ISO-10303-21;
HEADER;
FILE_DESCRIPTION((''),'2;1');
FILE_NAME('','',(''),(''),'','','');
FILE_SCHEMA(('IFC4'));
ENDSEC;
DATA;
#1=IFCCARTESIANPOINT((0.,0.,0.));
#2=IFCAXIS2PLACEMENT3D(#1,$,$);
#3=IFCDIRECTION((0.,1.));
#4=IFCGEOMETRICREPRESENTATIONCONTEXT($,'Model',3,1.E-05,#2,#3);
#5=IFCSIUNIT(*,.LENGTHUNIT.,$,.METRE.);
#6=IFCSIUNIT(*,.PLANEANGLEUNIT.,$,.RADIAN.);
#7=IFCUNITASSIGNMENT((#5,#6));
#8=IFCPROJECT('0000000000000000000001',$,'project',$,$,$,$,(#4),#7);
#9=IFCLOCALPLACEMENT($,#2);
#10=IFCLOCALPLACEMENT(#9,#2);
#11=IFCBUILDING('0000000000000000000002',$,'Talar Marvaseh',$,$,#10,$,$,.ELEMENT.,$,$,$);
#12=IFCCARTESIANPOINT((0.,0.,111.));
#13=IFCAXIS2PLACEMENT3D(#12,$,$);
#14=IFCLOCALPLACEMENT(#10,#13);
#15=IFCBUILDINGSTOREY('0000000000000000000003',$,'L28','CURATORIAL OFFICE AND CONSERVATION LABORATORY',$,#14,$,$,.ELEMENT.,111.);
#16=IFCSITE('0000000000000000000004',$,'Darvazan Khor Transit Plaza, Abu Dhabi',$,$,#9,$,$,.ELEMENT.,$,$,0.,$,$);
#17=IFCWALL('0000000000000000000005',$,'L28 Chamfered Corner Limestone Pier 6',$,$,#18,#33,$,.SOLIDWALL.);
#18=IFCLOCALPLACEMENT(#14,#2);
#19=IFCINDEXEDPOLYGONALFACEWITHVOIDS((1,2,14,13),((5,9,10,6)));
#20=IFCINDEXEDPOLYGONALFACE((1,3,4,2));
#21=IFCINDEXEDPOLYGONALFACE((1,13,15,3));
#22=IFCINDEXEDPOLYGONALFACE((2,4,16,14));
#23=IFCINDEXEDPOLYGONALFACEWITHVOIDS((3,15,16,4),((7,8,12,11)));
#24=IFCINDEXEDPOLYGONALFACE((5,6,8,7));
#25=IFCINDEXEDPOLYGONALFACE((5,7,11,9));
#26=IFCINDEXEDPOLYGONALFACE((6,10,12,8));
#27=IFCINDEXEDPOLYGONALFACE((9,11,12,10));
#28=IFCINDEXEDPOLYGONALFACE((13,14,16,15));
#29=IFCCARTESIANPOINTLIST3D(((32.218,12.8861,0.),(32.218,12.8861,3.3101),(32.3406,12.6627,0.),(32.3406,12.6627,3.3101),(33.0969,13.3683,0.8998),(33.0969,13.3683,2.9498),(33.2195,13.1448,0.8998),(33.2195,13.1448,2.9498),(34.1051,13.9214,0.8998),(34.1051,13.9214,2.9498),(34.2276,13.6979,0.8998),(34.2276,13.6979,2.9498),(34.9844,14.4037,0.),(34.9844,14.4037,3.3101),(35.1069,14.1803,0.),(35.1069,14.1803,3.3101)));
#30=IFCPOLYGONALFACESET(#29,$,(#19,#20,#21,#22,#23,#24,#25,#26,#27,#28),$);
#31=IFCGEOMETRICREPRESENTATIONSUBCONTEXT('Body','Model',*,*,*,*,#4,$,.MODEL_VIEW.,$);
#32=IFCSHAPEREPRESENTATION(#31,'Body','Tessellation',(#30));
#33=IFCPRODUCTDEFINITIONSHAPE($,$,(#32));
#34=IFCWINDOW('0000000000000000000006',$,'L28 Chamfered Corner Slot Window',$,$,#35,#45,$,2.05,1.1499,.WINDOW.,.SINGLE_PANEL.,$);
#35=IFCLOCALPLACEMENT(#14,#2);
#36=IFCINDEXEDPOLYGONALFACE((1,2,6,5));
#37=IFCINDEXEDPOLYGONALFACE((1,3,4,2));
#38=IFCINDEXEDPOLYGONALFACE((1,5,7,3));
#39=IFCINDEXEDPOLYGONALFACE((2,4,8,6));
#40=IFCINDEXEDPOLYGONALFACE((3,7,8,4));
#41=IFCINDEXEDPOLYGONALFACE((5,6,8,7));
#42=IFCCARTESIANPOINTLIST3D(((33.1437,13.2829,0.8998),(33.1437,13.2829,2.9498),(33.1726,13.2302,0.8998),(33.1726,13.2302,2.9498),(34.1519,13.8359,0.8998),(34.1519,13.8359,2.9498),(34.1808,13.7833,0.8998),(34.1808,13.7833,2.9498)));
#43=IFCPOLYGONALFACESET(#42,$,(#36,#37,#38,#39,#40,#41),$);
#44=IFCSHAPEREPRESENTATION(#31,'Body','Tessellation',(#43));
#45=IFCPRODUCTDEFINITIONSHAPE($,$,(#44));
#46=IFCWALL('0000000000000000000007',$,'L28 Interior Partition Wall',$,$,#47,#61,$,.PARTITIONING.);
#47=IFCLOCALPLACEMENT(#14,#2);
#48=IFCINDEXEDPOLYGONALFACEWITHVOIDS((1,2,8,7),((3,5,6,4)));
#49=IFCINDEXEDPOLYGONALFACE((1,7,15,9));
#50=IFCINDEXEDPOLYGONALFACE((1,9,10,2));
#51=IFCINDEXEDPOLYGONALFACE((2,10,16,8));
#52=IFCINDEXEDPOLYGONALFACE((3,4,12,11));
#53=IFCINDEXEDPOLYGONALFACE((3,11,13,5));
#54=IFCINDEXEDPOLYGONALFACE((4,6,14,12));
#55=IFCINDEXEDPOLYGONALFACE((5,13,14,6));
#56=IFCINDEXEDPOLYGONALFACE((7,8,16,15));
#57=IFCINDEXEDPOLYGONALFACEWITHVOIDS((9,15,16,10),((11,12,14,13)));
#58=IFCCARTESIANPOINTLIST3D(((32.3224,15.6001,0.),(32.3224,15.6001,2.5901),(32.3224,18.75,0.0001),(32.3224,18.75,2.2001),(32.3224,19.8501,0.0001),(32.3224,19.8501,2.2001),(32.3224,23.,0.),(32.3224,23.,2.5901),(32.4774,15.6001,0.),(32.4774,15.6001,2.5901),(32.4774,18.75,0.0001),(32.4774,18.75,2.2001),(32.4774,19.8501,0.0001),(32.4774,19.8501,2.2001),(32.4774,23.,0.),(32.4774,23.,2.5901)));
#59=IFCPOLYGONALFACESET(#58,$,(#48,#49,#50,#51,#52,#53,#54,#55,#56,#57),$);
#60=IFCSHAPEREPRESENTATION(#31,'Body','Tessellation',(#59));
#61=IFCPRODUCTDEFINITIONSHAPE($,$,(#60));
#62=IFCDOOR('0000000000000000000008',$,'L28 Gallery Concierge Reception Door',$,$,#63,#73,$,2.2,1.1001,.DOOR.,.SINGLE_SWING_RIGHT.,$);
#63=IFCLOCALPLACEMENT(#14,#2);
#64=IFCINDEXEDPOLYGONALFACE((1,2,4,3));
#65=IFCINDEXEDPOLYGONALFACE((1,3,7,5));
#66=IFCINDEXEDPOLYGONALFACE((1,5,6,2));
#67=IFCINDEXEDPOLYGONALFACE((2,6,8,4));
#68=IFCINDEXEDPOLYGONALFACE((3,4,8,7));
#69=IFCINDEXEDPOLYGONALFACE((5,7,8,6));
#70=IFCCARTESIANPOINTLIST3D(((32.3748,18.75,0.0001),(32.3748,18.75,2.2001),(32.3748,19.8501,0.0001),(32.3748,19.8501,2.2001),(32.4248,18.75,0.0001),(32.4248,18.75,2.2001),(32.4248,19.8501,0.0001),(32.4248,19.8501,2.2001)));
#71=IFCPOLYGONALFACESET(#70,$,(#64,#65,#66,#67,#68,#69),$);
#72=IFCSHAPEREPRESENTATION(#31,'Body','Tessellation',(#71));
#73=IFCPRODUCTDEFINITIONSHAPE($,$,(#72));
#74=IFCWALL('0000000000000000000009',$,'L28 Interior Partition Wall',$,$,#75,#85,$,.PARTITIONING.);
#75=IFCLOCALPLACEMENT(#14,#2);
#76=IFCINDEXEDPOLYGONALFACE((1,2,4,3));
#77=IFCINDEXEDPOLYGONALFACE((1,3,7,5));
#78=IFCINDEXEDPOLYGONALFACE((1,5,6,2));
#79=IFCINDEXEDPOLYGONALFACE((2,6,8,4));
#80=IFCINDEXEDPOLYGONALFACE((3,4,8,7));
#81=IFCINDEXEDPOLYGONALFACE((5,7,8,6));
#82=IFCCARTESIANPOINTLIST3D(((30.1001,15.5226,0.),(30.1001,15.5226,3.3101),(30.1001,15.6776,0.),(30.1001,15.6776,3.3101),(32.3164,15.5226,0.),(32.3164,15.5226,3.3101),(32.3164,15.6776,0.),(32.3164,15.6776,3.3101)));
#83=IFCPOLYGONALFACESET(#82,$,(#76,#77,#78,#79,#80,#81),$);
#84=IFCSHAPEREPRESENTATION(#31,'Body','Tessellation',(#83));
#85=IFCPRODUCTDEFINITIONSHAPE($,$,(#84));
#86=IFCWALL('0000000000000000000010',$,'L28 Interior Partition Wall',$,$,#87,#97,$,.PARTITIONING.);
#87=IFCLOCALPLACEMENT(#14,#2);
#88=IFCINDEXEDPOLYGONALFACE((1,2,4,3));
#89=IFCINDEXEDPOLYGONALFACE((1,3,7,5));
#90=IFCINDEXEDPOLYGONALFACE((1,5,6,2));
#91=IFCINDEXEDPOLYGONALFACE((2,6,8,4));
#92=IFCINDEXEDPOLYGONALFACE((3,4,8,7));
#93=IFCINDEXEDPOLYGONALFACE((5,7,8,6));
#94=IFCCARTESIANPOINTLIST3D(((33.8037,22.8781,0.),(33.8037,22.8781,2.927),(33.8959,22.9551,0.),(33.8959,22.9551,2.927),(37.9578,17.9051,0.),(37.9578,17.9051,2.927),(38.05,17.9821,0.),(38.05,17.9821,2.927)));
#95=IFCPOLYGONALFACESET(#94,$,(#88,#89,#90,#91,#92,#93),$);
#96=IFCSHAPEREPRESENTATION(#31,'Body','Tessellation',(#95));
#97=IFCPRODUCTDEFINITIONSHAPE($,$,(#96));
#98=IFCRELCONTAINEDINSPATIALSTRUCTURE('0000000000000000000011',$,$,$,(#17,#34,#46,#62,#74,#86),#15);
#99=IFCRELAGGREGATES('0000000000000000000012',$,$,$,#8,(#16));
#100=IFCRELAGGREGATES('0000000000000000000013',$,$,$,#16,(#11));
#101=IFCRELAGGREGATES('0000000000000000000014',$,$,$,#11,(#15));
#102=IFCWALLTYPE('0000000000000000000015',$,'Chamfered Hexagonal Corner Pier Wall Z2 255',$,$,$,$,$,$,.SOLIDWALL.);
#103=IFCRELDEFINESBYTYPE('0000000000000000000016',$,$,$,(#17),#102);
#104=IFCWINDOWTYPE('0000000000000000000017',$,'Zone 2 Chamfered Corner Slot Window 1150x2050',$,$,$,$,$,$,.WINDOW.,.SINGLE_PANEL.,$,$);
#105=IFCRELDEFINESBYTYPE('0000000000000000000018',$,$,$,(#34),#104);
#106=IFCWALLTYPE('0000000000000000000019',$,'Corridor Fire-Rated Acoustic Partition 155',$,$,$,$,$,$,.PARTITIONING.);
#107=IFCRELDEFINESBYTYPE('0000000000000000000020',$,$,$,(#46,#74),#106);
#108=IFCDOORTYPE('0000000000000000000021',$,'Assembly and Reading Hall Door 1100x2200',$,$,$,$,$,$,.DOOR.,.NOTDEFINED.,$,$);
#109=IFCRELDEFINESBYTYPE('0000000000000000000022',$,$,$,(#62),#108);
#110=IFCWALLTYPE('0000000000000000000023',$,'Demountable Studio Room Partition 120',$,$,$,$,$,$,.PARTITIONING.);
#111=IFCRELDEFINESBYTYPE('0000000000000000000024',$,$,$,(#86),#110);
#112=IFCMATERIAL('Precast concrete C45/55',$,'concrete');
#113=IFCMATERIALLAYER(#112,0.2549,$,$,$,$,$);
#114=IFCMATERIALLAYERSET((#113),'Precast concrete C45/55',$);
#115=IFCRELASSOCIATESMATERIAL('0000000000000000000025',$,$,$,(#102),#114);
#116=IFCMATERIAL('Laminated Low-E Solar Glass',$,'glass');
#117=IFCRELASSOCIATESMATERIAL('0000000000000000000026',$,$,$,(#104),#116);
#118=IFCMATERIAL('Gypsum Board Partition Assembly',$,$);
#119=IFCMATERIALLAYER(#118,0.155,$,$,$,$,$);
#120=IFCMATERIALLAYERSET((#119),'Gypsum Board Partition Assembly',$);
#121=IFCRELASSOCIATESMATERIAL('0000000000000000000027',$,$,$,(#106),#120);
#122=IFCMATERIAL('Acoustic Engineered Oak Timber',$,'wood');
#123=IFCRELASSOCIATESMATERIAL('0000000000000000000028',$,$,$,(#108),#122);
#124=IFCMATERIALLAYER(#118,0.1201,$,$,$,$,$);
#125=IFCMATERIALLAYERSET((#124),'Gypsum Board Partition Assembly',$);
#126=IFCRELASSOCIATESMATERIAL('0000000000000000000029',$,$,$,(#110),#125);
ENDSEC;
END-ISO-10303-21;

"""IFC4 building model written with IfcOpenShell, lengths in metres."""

from ifc_helpers import new_model, si_unit, direction, frame, frame_2d, origin, place, context, subcontext, project, spatial, rectangle, extrude, source, transform, mapped, material, layer, layer_set, type_object, type_shapes, element, fill, save


model = new_model("IFC4")

# Units and contexts
model_context = context("Model", 3, precision=1e-05, world=origin(), true_north=direction((0.0, 1.0)))
body_context = subcontext(model_context, "Body", "Model", "MODEL_VIEW")
ifc_project = project(units=[si_unit("LENGTHUNIT", "METRE"), si_unit("PLANEANGLEUNIT", "RADIAN")], contexts=[model_context])

# Site, building, storey
site_placement = place(None, origin())
site = spatial("IfcSite", under=ifc_project, at=site_placement, Name="Darvazan Khor Transit Plaza, Abu Dhabi", CompositionType="ELEMENT", RefElevation=0.0)
building_placement = place(site_placement, origin())
building = spatial("IfcBuilding", under=site, at=building_placement, Name="Talar Marvaseh", CompositionType="ELEMENT")
storey_placement = place(building_placement, frame((0.0, 0.0, 111.0)))
storey = spatial("IfcBuildingStorey", under=building, at=storey_placement, Name="L28", Description="CURATORIAL OFFICE AND CONSERVATION LABORATORY", CompositionType="ELEMENT", Elevation=111.0)

# Shared definitions
ifc_material_1 = material(Name="Laminated Low-E Solar Glass", Category="glass")

# Wall, opening, window
ifc_material_2 = material(Name="Precast concrete C45/55", Category="concrete")
ifc_layer_1 = layer(ifc_material_2, 0.2549)
ifc_layer_set_1 = layer_set([ifc_layer_1], Name="Precast concrete C45/55")
wall_type_1 = type_object("IfcWallType", Name="Chamfered Hexagonal Corner Pier Wall Z2 255", PredefinedType="SOLIDWALL", material=ifc_layer_set_1)
wall_1_placement = place(storey_placement, frame((35.0457, 14.292, 0.0), z_axis=(0.0, 0.0, 1.0), x_axis=(-0.87674, -0.480965, 0.0)))
wall_1 = element("IfcWall", 1, at=wall_1_placement, inside=storey, type_object=wall_type_1, Name="L28 Chamfered Corner Limestone Pier 6", PredefinedType="SOLIDWALL", context=body_context, shape_type="SweptSolid", body=[
    extrude(rectangle(XDim=3.1553, YDim=0.2549, at=frame_2d((1.5776, 0.0))), origin(), (0.0, 0.0, 1.0), 3.3101),
])
opening_1_placement = place(wall_1_placement, frame((1.0029, 0.0, 0.8999)))
opening_1 = element("IfcOpeningElement", 2, at=opening_1_placement, cuts=wall_1, PredefinedType="OPENING", context=body_context, shape_type="SweptSolid", body=[
    extrude(rectangle(XDim=1.1499, YDim=2.05, at=frame_2d((0.575, 1.0249))), frame((0.0, 0.1375, 0.0), z_axis=(0.0, -1.0, 0.0), x_axis=(1.0, 0.0, 0.0)), (0.0, 0.0, 1.0), 0.2749),
])
window_type = type_object("IfcWindowType", Name="Zone 2 Chamfered Corner Slot Window 1150x2050", PartitioningType="SINGLE_PANEL", PredefinedType="WINDOW", material=ifc_material_1)
shared_shape_1 = source(origin(), body_context, "Body", "SweptSolid", [
    extrude(rectangle(XDim=1.1499, YDim=2.05, at=frame_2d((0.575, 1.0249))), frame((0.0, 0.03, 0.0), z_axis=(0.0, -1.0, 0.0), x_axis=(1.0, 0.0, 0.0)), (0.0, 0.0, 1.0), 0.0601),
])
type_shapes(window_type, [shared_shape_1])
window_placement = place(opening_1_placement, origin())
window = element("IfcWindow", 3, at=window_placement, inside=storey, type_object=window_type, Name="L28 Chamfered Corner Slot Window", OverallHeight=2.05, OverallWidth=1.1499, PartitioningType="SINGLE_PANEL", PredefinedType="WINDOW", context=body_context, shape_type="MappedRepresentation", body=[
    mapped(shared_shape_1, transform((0.0, 0.0, 0.0), x_axis=(1.0, 0.0, 0.0), y_axis=(0.0, 1.0, 0.0), z_axis=(0.0, 0.0, 1.0), scale=1.0)),
])
fill(opening_1, window)

# Wall, opening, door
ifc_material_3 = material(Name="Gypsum Board Partition Assembly")
ifc_layer_2 = layer(ifc_material_3, 0.155)
ifc_layer_set_2 = layer_set([ifc_layer_2], Name="Gypsum Board Partition Assembly")
wall_type_2 = type_object("IfcWallType", Name="Corridor Fire-Rated Acoustic Partition 155", PredefinedType="PARTITIONING", material=ifc_layer_set_2)
wall_2_placement = place(storey_placement, frame((32.3999, 23.0, 0.0), z_axis=(0.0, 0.0, 1.0), x_axis=(0.0, -1.0, 0.0)))
wall_2 = element("IfcWall", 4, at=wall_2_placement, inside=storey, type_object=wall_type_2, Name="L28 Interior Partition Wall", PredefinedType="PARTITIONING", context=body_context, shape_type="SweptSolid", body=[
    extrude(rectangle(XDim=7.3999, YDim=0.155, at=frame_2d((3.7, 0.0))), origin(), (0.0, 0.0, 1.0), 2.5901),
])
opening_2_placement = place(wall_2_placement, frame((3.1499, 0.0, 0.0)))
opening_2 = element("IfcOpeningElement", 5, at=opening_2_placement, cuts=wall_2, PredefinedType="OPENING", context=body_context, shape_type="SweptSolid", body=[
    extrude(rectangle(XDim=1.1001, YDim=2.2, at=frame_2d((0.55, 1.1001))), frame((0.0, 0.0874, 0.0), z_axis=(0.0, -1.0, 0.0), x_axis=(1.0, 0.0, 0.0)), (0.0, 0.0, 1.0), 0.175),
])
ifc_material_4 = material(Name="Acoustic Engineered Oak Timber", Category="wood")
door_type = type_object("IfcDoorType", Name="Assembly and Reading Hall Door 1100x2200", OperationType="NOTDEFINED", PredefinedType="DOOR", material=ifc_material_4)
shared_shape_2 = source(origin(), body_context, "Body", "SweptSolid", [
    extrude(rectangle(XDim=1.1001, YDim=2.2, at=frame_2d((0.55, 1.1001))), frame((0.0, 0.0249, 0.0), z_axis=(0.0, -1.0, 0.0), x_axis=(1.0, 0.0, 0.0)), (0.0, 0.0, 1.0), 0.05),
])
type_shapes(door_type, [shared_shape_2])
door_placement = place(opening_2_placement, origin())
door = element("IfcDoor", 6, at=door_placement, inside=storey, type_object=door_type, Name="L28 Gallery Concierge Reception Door", OperationType="SINGLE_SWING_RIGHT", OverallHeight=2.2, OverallWidth=1.1001, PredefinedType="DOOR", context=body_context, shape_type="MappedRepresentation", body=[
    mapped(shared_shape_2, transform((0.0, 0.0, 0.0), x_axis=(1.0, 0.0, 0.0), y_axis=(0.0, 1.0, 0.0), z_axis=(0.0, 0.0, 1.0), scale=1.0)),
])
fill(opening_2, door)

# Walls
wall_3_placement = place(storey_placement, frame((32.3164, 15.6001, 0.0), z_axis=(0.0, 0.0, 1.0), x_axis=(-1.0, 0.0, 0.0)))
element("IfcWall", 7, at=wall_3_placement, inside=storey, type_object=wall_type_2, Name="L28 Interior Partition Wall", PredefinedType="PARTITIONING", context=body_context, shape_type="SweptSolid", body=[
    extrude(rectangle(XDim=2.2163, YDim=0.155, at=frame_2d((1.1082, 0.0))), origin(), (0.0, 0.0, 1.0), 3.3101),
])
ifc_layer_3 = layer(ifc_material_3, 0.1201)
ifc_layer_set_3 = layer_set([ifc_layer_3], Name="Gypsum Board Partition Assembly")
wall_type_3 = type_object("IfcWallType", Name="Demountable Studio Room Partition 120", PredefinedType="PARTITIONING", material=ifc_layer_set_3)
wall_4_placement = place(storey_placement, frame((33.8499, 22.9165, 0.0), z_axis=(0.0, 0.0, 1.0), x_axis=(0.641092, -0.767464, 0.0)))
element("IfcWall", 8, at=wall_4_placement, inside=storey, type_object=wall_type_3, Name="L28 Interior Partition Wall", PredefinedType="PARTITIONING", context=body_context, shape_type="SweptSolid", body=[
    extrude(rectangle(XDim=6.4797, YDim=0.1201, at=frame_2d((3.2397, 0.0))), origin(), (0.0, 0.0, 1.0), 2.927),
])

save(model, "model.ifc")
